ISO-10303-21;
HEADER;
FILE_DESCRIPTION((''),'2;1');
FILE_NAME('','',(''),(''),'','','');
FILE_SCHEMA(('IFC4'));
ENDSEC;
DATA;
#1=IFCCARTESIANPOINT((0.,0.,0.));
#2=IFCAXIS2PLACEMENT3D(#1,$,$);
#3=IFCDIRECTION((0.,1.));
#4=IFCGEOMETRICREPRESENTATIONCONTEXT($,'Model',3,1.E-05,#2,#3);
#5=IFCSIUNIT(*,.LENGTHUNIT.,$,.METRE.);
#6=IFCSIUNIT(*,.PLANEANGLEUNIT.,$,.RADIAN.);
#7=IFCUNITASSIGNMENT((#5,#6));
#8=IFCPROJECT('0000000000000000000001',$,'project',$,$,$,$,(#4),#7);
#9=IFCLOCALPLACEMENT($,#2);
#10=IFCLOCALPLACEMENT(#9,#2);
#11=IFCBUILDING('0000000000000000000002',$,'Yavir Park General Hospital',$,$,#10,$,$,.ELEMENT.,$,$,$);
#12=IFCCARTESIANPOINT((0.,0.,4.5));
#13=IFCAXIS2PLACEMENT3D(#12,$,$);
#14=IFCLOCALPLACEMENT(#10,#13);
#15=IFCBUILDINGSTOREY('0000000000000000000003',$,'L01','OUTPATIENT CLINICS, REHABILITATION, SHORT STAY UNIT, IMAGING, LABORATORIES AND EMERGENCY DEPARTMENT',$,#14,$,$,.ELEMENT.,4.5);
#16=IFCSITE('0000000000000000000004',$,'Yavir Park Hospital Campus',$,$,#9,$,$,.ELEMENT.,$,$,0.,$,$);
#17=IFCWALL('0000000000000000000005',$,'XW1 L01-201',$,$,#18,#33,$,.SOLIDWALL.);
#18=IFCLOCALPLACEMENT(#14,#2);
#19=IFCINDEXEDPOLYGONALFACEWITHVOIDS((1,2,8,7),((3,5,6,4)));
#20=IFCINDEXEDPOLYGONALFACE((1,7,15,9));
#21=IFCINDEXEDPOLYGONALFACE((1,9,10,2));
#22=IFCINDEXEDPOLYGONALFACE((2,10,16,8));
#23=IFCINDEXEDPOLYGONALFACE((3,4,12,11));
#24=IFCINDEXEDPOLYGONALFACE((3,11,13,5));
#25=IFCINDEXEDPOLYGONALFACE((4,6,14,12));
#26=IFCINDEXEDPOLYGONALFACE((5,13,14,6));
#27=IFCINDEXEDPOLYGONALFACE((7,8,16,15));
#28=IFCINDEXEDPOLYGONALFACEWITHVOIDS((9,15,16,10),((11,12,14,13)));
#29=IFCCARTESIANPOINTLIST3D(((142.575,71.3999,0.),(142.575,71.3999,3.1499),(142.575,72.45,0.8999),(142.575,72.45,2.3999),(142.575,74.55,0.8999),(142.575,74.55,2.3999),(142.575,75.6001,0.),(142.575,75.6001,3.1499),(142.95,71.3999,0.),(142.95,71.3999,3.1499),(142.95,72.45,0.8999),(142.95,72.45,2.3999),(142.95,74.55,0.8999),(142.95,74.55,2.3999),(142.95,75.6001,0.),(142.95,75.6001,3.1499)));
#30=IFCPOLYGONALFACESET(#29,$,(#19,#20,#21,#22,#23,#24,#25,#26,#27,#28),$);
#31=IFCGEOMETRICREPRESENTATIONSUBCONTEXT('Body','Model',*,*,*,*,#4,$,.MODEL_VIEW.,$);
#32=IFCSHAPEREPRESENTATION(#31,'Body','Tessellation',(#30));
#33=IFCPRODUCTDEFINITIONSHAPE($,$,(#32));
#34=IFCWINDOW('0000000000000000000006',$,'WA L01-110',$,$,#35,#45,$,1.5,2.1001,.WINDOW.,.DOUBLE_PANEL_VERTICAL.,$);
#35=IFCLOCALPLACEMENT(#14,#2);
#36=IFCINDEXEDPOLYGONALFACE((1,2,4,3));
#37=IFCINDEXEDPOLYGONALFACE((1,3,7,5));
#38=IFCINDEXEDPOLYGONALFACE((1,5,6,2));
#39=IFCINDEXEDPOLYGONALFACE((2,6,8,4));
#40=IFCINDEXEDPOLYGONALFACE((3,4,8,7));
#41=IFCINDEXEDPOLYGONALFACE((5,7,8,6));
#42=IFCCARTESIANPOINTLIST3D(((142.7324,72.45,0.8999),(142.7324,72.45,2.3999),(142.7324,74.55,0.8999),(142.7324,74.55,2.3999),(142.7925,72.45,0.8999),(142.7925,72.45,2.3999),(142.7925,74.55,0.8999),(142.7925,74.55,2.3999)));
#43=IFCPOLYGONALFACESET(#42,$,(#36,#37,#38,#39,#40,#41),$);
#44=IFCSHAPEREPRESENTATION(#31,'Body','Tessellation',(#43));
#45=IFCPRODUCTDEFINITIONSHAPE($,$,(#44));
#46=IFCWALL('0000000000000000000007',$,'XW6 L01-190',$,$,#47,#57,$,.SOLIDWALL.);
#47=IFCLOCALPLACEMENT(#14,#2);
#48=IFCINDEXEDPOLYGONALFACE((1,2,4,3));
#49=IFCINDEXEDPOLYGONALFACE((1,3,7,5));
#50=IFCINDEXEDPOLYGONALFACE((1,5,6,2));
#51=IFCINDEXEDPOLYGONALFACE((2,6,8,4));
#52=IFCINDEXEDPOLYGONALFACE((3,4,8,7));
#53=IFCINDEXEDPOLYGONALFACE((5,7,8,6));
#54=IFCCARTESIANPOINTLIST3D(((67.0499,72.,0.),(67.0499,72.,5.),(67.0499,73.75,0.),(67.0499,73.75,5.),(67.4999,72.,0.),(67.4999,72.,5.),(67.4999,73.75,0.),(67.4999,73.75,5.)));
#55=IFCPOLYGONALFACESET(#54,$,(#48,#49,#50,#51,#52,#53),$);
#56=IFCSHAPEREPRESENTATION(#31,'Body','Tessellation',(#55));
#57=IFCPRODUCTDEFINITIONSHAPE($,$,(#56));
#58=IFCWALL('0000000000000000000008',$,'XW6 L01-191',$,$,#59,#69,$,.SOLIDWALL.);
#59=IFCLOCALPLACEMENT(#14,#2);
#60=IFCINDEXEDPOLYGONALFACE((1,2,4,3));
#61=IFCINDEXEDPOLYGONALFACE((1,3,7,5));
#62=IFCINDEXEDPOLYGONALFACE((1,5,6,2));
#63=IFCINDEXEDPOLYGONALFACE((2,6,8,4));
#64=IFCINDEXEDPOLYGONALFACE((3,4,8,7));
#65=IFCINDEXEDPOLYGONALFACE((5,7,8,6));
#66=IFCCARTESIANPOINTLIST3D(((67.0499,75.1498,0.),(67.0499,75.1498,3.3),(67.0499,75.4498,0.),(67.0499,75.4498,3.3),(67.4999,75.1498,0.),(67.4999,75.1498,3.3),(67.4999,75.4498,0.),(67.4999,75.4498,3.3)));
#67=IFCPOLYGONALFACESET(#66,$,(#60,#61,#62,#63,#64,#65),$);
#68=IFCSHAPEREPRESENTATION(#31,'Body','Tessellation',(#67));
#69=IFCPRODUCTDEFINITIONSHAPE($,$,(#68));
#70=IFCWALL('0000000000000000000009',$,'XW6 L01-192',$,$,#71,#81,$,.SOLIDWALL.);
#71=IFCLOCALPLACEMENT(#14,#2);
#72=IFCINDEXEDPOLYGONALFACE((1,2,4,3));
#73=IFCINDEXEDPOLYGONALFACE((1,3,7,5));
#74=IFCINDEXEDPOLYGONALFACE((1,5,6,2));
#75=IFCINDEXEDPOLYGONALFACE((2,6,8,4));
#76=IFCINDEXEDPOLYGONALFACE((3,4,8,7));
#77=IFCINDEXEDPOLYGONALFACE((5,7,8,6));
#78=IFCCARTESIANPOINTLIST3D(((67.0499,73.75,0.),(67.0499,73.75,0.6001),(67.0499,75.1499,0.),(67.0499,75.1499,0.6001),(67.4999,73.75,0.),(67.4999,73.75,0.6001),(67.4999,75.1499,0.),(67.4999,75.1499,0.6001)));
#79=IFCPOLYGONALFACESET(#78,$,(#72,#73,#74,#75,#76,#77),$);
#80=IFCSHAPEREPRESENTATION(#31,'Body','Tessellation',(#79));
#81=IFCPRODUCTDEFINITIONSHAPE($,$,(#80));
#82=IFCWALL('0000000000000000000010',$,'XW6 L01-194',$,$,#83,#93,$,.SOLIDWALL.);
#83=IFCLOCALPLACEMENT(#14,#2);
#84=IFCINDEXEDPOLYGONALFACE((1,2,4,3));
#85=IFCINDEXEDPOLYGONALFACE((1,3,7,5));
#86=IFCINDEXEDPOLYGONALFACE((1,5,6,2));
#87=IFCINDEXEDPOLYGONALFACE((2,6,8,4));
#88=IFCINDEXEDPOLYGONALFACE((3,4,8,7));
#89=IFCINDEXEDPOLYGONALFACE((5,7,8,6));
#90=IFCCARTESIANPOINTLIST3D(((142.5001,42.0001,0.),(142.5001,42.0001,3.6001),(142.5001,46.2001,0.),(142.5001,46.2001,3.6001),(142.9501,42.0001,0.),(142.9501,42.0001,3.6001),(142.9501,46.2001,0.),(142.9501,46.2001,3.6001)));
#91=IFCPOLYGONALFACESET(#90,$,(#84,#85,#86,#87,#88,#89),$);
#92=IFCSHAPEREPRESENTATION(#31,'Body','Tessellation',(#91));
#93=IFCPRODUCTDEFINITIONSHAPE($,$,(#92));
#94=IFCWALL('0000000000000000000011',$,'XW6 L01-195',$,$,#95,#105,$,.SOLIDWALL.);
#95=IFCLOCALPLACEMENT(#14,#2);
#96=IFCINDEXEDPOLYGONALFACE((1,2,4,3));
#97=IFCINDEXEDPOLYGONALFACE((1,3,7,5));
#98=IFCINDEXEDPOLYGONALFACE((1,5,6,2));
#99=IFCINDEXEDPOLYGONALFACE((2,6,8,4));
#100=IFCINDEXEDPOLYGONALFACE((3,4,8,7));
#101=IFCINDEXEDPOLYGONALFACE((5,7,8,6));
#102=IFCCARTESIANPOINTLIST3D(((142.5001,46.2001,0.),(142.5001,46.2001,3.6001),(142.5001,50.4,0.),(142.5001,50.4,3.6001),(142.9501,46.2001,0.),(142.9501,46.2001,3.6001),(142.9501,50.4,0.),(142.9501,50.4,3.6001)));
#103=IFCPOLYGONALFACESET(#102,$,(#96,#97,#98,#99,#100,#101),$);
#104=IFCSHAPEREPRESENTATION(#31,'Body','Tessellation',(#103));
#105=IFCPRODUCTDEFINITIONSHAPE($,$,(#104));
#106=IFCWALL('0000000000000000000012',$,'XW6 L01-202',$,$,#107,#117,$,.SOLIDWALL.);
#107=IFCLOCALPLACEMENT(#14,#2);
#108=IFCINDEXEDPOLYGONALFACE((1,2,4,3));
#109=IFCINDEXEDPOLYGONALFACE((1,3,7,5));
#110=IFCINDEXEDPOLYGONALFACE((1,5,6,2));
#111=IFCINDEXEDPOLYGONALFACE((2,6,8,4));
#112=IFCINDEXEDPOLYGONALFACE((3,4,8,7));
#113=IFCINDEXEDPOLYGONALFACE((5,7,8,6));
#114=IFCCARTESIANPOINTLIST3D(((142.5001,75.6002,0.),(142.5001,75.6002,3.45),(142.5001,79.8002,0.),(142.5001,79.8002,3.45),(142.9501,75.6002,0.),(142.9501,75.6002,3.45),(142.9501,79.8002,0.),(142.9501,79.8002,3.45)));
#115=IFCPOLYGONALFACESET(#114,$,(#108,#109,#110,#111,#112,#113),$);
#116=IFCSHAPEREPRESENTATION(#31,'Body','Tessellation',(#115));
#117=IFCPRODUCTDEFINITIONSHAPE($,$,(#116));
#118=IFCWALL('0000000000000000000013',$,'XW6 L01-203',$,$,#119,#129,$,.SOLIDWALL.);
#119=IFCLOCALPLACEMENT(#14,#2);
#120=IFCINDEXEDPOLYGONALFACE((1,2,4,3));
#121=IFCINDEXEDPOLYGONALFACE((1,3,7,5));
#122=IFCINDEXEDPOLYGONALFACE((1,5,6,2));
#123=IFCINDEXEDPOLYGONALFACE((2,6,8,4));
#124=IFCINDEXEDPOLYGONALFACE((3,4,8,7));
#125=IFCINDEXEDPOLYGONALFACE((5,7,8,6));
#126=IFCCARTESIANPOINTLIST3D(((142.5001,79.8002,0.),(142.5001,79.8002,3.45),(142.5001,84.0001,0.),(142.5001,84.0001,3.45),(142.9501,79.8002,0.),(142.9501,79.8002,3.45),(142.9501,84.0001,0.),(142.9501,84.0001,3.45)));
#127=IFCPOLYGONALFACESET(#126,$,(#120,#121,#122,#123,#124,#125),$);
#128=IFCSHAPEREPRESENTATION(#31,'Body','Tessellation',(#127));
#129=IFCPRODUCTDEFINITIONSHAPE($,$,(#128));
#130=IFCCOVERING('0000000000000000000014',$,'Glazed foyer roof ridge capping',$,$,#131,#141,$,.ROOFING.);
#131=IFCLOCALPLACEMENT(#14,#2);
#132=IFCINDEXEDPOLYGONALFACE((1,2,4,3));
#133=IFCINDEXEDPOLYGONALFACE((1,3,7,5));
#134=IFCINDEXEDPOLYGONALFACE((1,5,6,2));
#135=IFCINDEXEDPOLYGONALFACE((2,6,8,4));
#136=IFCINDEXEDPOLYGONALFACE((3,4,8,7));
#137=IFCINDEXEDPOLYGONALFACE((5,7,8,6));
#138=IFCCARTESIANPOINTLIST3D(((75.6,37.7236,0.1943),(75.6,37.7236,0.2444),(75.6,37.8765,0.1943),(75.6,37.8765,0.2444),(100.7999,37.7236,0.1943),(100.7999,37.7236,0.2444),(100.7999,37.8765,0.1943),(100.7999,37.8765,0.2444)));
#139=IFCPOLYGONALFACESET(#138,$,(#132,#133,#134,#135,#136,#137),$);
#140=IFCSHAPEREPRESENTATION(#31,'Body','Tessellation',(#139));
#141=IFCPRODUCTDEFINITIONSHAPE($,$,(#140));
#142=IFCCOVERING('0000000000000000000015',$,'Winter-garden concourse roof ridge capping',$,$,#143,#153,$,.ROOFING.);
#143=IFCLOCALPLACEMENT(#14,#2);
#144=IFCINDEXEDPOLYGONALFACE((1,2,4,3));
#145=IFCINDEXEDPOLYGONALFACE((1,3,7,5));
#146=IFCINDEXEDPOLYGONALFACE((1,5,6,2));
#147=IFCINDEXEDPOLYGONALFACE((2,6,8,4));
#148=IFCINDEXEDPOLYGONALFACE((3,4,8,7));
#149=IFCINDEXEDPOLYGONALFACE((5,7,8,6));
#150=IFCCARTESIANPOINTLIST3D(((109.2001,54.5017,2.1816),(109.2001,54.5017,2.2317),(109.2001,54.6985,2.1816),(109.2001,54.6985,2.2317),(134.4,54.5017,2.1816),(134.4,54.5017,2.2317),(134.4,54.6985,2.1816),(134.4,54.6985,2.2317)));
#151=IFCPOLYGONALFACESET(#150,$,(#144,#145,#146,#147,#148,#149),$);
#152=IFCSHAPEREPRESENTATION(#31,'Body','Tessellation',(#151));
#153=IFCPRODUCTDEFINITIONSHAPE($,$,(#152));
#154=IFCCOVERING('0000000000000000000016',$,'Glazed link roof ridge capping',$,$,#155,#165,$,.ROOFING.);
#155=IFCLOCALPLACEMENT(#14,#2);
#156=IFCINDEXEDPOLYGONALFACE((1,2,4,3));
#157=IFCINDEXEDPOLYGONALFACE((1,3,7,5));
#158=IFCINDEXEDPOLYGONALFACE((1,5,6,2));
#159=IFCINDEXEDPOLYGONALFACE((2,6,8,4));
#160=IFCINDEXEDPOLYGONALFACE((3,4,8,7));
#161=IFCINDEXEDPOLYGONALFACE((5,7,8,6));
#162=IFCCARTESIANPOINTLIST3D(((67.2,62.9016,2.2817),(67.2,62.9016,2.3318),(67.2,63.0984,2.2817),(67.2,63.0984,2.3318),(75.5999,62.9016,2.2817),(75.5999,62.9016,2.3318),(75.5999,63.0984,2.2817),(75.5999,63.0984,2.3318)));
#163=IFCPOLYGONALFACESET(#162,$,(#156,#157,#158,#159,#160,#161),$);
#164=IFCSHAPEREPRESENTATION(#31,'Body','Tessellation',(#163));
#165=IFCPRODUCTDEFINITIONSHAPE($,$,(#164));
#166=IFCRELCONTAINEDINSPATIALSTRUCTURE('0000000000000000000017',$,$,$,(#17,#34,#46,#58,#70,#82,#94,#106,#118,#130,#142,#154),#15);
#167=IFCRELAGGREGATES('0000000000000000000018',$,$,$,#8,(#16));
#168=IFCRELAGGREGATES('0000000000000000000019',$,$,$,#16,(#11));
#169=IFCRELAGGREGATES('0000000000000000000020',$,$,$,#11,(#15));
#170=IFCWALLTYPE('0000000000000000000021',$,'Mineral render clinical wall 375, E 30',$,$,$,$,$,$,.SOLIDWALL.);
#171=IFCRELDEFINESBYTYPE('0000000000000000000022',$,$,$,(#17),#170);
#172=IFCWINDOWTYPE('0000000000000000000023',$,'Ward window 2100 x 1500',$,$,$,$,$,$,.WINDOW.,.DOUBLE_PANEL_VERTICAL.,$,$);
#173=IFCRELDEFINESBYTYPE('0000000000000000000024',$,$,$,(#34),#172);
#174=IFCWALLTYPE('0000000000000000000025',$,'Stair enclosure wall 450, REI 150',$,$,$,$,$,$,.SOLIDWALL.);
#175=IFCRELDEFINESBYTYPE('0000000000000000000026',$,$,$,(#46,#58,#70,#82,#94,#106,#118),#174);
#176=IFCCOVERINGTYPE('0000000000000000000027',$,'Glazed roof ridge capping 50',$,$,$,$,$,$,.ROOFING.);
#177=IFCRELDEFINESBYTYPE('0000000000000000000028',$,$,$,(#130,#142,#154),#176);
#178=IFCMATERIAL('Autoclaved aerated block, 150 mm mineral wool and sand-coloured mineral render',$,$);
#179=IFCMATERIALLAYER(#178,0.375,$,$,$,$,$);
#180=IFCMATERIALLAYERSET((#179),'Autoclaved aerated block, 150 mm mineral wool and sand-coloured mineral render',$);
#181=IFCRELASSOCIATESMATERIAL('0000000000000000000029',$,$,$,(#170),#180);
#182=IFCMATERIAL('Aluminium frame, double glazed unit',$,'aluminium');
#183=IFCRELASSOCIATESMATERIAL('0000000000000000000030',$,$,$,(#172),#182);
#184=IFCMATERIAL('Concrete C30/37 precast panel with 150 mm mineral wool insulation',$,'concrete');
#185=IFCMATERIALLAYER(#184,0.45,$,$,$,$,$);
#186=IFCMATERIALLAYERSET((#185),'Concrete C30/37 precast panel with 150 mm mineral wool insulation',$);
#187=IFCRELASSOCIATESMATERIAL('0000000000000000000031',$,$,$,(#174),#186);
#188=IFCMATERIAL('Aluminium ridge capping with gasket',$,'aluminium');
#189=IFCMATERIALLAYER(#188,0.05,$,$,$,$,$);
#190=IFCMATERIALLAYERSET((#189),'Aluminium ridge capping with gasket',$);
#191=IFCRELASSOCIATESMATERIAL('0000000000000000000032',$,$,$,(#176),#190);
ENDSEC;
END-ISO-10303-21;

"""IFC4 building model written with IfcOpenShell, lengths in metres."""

from ifc_helpers import new_model, si_unit, direction, frame, frame_2d, origin, origin_2d, place, context, subcontext, project, spatial, rectangle, extrude, material, layer, layer_set, type_object, element, fill, save


model = new_model("IFC4")

# Units and contexts
model_context = context("Model", 3, precision=1e-05, world=origin(), true_north=direction((0.0, 1.0)))
body_context = subcontext(model_context, "Body", "Model", "MODEL_VIEW")
ifc_project = project(units=[si_unit("LENGTHUNIT", "METRE"), si_unit("PLANEANGLEUNIT", "RADIAN")], contexts=[model_context])

# Site, building, storey
site_placement = place(None, origin())
site = spatial("IfcSite", under=ifc_project, at=site_placement, Name="Yavir Park Hospital Campus", CompositionType="ELEMENT", RefElevation=0.0)
building_placement = place(site_placement, origin())
building = spatial("IfcBuilding", under=site, at=building_placement, Name="Yavir Park General Hospital", CompositionType="ELEMENT")
storey_placement = place(building_placement, frame((0.0, 0.0, 4.5)))
storey = spatial("IfcBuildingStorey", under=building, at=storey_placement, Name="L01", Description="OUTPATIENT CLINICS, REHABILITATION, SHORT STAY UNIT, IMAGING, LABORATORIES AND EMERGENCY DEPARTMENT", CompositionType="ELEMENT", Elevation=4.5)

# Wall, opening, window
ifc_material_1 = material(Name="Autoclaved aerated block, 150 mm mineral wool and sand-coloured mineral render")
ifc_layer_1 = layer(ifc_material_1, 0.375)
ifc_layer_set_1 = layer_set([ifc_layer_1], Name="Autoclaved aerated block, 150 mm mineral wool and sand-coloured mineral render")
wall_type_1 = type_object("IfcWallType", Name="Mineral render clinical wall 375, E 30", PredefinedType="SOLIDWALL", material=ifc_layer_set_1)
ifc_material_2 = material(Name="Aluminium frame, double glazed unit", Category="aluminium")
window_type = type_object("IfcWindowType", Name="Ward window 2100 x 1500", PartitioningType="DOUBLE_PANEL_VERTICAL", PredefinedType="WINDOW", material=ifc_material_2)
wall_1_placement = place(storey_placement, frame((142.7625, 71.3999, 0.0), z_axis=(0.0, 0.0, 1.0), x_axis=(0.0, 1.0, 0.0)))
wall_1 = element("IfcWall", 1, at=wall_1_placement, inside=storey, type_object=wall_type_1, Name="XW1 L01-201", PredefinedType="SOLIDWALL", context=body_context, shape_type="SweptSolid", body=[
    extrude(rectangle(XDim=4.2002, YDim=0.375, at=frame_2d((2.1001, 0.0))), origin(), (0.0, 0.0, 1.0), 3.1499),
])
opening_1_placement = place(wall_1_placement, frame((1.05, 0.0, 0.8999)))
opening_1 = element("IfcOpeningElement", 2, at=opening_1_placement, cuts=wall_1, PredefinedType="OPENING", context=body_context, shape_type="SweptSolid", body=[
    extrude(rectangle(XDim=2.1001, YDim=1.5, at=frame_2d((1.05, 0.75))), frame((0.0, 0.1975, 0.0), z_axis=(0.0, -1.0, 0.0), x_axis=(1.0, 0.0, 0.0)), (0.0, 0.0, 1.0), 0.395),
])
window_1_placement = place(opening_1_placement, origin())
window_1 = element("IfcWindow", 3, at=window_1_placement, inside=storey, type_object=window_type, Name="WA L01-110", OverallHeight=1.5, OverallWidth=2.1001, PartitioningType="DOUBLE_PANEL_VERTICAL", PredefinedType="WINDOW", context=body_context, shape_type="SweptSolid", body=[
    extrude(rectangle(XDim=2.1001, YDim=1.5, at=frame_2d((1.05, 0.75))), frame((0.0, 0.03, 0.0), z_axis=(0.0, -1.0, 0.0), x_axis=(1.0, 0.0, 0.0)), (0.0, 0.0, 1.0), 0.0601),
])
fill(opening_1, window_1)

# Walls
ifc_material_3 = material(Name="Concrete C30/37 precast panel with 150 mm mineral wool insulation", Category="concrete")
ifc_layer_2 = layer(ifc_material_3, 0.45)
ifc_layer_set_2 = layer_set([ifc_layer_2], Name="Concrete C30/37 precast panel with 150 mm mineral wool insulation")
wall_type_2 = type_object("IfcWallType", Name="Stair enclosure wall 450, REI 150", PredefinedType="SOLIDWALL", material=ifc_layer_set_2)
wall_2_placement = place(storey_placement, frame((67.2749, 72.0, 0.0), z_axis=(0.0, 0.0, 1.0), x_axis=(0.0, 1.0, 0.0)))
element("IfcWall", 4, at=wall_2_placement, inside=storey, type_object=wall_type_2, Name="XW6 L01-190", PredefinedType="SOLIDWALL", context=body_context, shape_type="SweptSolid", body=[
    extrude(rectangle(XDim=1.75, YDim=0.45, at=frame_2d((0.875, 0.0))), origin(), (0.0, 0.0, 1.0), 5.0),
])
wall_3_placement = place(storey_placement, frame((67.2749, 75.1499, 0.0), z_axis=(0.0, 0.0, 1.0), x_axis=(0.0, 1.0, 0.0)))
element("IfcWall", 5, at=wall_3_placement, inside=storey, type_object=wall_type_2, Name="XW6 L01-191", PredefinedType="SOLIDWALL", context=body_context, shape_type="SweptSolid", body=[
    extrude(rectangle(XDim=0.3, YDim=0.45, at=frame_2d((0.1499, 0.0))), origin(), (0.0, 0.0, 1.0), 3.3),
])
wall_4_placement = place(storey_placement, frame((67.2749, 73.75, 0.0), z_axis=(0.0, 0.0, 1.0), x_axis=(0.0, 1.0, 0.0)))
element("IfcWall", 6, at=wall_4_placement, inside=storey, type_object=wall_type_2, Name="XW6 L01-192", PredefinedType="SOLIDWALL", context=body_context, shape_type="SweptSolid", body=[
    extrude(rectangle(XDim=1.3999, YDim=0.45, at=frame_2d((0.7, 0.0))), origin(), (0.0, 0.0, 1.0), 0.6001),
])
for number, where, z_axis, x_axis, name in (
    (7, (142.7251, 42.0, 0.0), (0.0, 0.0, 1.0), (0.0, 1.0, 0.0), "XW6 L01-194"),
    (8, (142.7251, 46.2, 0.0), (0.0, 0.0, 1.0), (0.0, 1.0, 0.0), "XW6 L01-195"),
):
    element("IfcWall", number, at=place(storey_placement, frame(where, z_axis=z_axis, x_axis=x_axis)), inside=storey, type_object=wall_type_2, Name=name, PredefinedType="SOLIDWALL", context=body_context, shape_type="SweptSolid", body=[
        extrude(rectangle(XDim=4.2, YDim=0.45, at=frame_2d((2.1001, 0.0))), origin(), (0.0, 0.0, 1.0), 3.6001),
    ])
for number, where, z_axis, x_axis, name in (
    (9, (142.7251, 75.6001, 0.0), (0.0, 0.0, 1.0), (0.0, 1.0, 0.0), "XW6 L01-202"),
    (10, (142.7251, 79.8, 0.0), (0.0, 0.0, 1.0), (0.0, 1.0, 0.0), "XW6 L01-203"),
):
    element("IfcWall", number, at=place(storey_placement, frame(where, z_axis=z_axis, x_axis=x_axis)), inside=storey, type_object=wall_type_2, Name=name, PredefinedType="SOLIDWALL", context=body_context, shape_type="SweptSolid", body=[
        extrude(rectangle(XDim=4.2, YDim=0.45, at=frame_2d((2.1001, 0.0))), origin(), (0.0, 0.0, 1.0), 3.45),
    ])

# Coverings
ifc_material_4 = material(Name="Aluminium ridge capping with gasket", Category="aluminium")
ifc_layer_3 = layer(ifc_material_4, 0.05)
ifc_layer_set_3 = layer_set([ifc_layer_3], Name="Aluminium ridge capping with gasket")
covering_type = type_object("IfcCoveringType", Name="Glazed roof ridge capping 50", PredefinedType="ROOFING", material=ifc_layer_set_3)
covering_1_placement = place(storey_placement, frame((88.2, 37.8, 0.1943), z_axis=(0.0, 0.0, 1.0), x_axis=(1.0, 0.0, 0.0)))
element("IfcCovering", 11, at=covering_1_placement, inside=storey, type_object=covering_type, Name="Glazed foyer roof ridge capping", PredefinedType="ROOFING", context=body_context, shape_type="SweptSolid", body=[
    extrude(rectangle(XDim=25.2, YDim=0.1528, at=origin_2d()), origin(), (0.0, 0.0, 1.0), 0.05),
])
covering_2_placement = place(storey_placement, frame((121.8, 54.6001, 2.1816), z_axis=(0.0, 0.0, 1.0), x_axis=(1.0, 0.0, 0.0)))
element("IfcCovering", 12, at=covering_2_placement, inside=storey, type_object=covering_type, Name="Winter-garden concourse roof ridge capping", PredefinedType="ROOFING", context=body_context, shape_type="SweptSolid", body=[
    extrude(rectangle(XDim=25.2, YDim=0.1968, at=origin_2d()), origin(), (0.0, 0.0, 1.0), 0.05),
])
covering_3_placement = place(storey_placement, frame((71.3999, 63.0, 2.2817), z_axis=(0.0, 0.0, 1.0), x_axis=(1.0, 0.0, 0.0)))
element("IfcCovering", 13, at=covering_3_placement, inside=storey, type_object=covering_type, Name="Glazed link roof ridge capping", PredefinedType="ROOFING", context=body_context, shape_type="SweptSolid", body=[
    extrude(rectangle(XDim=8.3999, YDim=0.1968, at=origin_2d()), origin(), (0.0, 0.0, 1.0), 0.05),
])

save(model, "model.ifc")
